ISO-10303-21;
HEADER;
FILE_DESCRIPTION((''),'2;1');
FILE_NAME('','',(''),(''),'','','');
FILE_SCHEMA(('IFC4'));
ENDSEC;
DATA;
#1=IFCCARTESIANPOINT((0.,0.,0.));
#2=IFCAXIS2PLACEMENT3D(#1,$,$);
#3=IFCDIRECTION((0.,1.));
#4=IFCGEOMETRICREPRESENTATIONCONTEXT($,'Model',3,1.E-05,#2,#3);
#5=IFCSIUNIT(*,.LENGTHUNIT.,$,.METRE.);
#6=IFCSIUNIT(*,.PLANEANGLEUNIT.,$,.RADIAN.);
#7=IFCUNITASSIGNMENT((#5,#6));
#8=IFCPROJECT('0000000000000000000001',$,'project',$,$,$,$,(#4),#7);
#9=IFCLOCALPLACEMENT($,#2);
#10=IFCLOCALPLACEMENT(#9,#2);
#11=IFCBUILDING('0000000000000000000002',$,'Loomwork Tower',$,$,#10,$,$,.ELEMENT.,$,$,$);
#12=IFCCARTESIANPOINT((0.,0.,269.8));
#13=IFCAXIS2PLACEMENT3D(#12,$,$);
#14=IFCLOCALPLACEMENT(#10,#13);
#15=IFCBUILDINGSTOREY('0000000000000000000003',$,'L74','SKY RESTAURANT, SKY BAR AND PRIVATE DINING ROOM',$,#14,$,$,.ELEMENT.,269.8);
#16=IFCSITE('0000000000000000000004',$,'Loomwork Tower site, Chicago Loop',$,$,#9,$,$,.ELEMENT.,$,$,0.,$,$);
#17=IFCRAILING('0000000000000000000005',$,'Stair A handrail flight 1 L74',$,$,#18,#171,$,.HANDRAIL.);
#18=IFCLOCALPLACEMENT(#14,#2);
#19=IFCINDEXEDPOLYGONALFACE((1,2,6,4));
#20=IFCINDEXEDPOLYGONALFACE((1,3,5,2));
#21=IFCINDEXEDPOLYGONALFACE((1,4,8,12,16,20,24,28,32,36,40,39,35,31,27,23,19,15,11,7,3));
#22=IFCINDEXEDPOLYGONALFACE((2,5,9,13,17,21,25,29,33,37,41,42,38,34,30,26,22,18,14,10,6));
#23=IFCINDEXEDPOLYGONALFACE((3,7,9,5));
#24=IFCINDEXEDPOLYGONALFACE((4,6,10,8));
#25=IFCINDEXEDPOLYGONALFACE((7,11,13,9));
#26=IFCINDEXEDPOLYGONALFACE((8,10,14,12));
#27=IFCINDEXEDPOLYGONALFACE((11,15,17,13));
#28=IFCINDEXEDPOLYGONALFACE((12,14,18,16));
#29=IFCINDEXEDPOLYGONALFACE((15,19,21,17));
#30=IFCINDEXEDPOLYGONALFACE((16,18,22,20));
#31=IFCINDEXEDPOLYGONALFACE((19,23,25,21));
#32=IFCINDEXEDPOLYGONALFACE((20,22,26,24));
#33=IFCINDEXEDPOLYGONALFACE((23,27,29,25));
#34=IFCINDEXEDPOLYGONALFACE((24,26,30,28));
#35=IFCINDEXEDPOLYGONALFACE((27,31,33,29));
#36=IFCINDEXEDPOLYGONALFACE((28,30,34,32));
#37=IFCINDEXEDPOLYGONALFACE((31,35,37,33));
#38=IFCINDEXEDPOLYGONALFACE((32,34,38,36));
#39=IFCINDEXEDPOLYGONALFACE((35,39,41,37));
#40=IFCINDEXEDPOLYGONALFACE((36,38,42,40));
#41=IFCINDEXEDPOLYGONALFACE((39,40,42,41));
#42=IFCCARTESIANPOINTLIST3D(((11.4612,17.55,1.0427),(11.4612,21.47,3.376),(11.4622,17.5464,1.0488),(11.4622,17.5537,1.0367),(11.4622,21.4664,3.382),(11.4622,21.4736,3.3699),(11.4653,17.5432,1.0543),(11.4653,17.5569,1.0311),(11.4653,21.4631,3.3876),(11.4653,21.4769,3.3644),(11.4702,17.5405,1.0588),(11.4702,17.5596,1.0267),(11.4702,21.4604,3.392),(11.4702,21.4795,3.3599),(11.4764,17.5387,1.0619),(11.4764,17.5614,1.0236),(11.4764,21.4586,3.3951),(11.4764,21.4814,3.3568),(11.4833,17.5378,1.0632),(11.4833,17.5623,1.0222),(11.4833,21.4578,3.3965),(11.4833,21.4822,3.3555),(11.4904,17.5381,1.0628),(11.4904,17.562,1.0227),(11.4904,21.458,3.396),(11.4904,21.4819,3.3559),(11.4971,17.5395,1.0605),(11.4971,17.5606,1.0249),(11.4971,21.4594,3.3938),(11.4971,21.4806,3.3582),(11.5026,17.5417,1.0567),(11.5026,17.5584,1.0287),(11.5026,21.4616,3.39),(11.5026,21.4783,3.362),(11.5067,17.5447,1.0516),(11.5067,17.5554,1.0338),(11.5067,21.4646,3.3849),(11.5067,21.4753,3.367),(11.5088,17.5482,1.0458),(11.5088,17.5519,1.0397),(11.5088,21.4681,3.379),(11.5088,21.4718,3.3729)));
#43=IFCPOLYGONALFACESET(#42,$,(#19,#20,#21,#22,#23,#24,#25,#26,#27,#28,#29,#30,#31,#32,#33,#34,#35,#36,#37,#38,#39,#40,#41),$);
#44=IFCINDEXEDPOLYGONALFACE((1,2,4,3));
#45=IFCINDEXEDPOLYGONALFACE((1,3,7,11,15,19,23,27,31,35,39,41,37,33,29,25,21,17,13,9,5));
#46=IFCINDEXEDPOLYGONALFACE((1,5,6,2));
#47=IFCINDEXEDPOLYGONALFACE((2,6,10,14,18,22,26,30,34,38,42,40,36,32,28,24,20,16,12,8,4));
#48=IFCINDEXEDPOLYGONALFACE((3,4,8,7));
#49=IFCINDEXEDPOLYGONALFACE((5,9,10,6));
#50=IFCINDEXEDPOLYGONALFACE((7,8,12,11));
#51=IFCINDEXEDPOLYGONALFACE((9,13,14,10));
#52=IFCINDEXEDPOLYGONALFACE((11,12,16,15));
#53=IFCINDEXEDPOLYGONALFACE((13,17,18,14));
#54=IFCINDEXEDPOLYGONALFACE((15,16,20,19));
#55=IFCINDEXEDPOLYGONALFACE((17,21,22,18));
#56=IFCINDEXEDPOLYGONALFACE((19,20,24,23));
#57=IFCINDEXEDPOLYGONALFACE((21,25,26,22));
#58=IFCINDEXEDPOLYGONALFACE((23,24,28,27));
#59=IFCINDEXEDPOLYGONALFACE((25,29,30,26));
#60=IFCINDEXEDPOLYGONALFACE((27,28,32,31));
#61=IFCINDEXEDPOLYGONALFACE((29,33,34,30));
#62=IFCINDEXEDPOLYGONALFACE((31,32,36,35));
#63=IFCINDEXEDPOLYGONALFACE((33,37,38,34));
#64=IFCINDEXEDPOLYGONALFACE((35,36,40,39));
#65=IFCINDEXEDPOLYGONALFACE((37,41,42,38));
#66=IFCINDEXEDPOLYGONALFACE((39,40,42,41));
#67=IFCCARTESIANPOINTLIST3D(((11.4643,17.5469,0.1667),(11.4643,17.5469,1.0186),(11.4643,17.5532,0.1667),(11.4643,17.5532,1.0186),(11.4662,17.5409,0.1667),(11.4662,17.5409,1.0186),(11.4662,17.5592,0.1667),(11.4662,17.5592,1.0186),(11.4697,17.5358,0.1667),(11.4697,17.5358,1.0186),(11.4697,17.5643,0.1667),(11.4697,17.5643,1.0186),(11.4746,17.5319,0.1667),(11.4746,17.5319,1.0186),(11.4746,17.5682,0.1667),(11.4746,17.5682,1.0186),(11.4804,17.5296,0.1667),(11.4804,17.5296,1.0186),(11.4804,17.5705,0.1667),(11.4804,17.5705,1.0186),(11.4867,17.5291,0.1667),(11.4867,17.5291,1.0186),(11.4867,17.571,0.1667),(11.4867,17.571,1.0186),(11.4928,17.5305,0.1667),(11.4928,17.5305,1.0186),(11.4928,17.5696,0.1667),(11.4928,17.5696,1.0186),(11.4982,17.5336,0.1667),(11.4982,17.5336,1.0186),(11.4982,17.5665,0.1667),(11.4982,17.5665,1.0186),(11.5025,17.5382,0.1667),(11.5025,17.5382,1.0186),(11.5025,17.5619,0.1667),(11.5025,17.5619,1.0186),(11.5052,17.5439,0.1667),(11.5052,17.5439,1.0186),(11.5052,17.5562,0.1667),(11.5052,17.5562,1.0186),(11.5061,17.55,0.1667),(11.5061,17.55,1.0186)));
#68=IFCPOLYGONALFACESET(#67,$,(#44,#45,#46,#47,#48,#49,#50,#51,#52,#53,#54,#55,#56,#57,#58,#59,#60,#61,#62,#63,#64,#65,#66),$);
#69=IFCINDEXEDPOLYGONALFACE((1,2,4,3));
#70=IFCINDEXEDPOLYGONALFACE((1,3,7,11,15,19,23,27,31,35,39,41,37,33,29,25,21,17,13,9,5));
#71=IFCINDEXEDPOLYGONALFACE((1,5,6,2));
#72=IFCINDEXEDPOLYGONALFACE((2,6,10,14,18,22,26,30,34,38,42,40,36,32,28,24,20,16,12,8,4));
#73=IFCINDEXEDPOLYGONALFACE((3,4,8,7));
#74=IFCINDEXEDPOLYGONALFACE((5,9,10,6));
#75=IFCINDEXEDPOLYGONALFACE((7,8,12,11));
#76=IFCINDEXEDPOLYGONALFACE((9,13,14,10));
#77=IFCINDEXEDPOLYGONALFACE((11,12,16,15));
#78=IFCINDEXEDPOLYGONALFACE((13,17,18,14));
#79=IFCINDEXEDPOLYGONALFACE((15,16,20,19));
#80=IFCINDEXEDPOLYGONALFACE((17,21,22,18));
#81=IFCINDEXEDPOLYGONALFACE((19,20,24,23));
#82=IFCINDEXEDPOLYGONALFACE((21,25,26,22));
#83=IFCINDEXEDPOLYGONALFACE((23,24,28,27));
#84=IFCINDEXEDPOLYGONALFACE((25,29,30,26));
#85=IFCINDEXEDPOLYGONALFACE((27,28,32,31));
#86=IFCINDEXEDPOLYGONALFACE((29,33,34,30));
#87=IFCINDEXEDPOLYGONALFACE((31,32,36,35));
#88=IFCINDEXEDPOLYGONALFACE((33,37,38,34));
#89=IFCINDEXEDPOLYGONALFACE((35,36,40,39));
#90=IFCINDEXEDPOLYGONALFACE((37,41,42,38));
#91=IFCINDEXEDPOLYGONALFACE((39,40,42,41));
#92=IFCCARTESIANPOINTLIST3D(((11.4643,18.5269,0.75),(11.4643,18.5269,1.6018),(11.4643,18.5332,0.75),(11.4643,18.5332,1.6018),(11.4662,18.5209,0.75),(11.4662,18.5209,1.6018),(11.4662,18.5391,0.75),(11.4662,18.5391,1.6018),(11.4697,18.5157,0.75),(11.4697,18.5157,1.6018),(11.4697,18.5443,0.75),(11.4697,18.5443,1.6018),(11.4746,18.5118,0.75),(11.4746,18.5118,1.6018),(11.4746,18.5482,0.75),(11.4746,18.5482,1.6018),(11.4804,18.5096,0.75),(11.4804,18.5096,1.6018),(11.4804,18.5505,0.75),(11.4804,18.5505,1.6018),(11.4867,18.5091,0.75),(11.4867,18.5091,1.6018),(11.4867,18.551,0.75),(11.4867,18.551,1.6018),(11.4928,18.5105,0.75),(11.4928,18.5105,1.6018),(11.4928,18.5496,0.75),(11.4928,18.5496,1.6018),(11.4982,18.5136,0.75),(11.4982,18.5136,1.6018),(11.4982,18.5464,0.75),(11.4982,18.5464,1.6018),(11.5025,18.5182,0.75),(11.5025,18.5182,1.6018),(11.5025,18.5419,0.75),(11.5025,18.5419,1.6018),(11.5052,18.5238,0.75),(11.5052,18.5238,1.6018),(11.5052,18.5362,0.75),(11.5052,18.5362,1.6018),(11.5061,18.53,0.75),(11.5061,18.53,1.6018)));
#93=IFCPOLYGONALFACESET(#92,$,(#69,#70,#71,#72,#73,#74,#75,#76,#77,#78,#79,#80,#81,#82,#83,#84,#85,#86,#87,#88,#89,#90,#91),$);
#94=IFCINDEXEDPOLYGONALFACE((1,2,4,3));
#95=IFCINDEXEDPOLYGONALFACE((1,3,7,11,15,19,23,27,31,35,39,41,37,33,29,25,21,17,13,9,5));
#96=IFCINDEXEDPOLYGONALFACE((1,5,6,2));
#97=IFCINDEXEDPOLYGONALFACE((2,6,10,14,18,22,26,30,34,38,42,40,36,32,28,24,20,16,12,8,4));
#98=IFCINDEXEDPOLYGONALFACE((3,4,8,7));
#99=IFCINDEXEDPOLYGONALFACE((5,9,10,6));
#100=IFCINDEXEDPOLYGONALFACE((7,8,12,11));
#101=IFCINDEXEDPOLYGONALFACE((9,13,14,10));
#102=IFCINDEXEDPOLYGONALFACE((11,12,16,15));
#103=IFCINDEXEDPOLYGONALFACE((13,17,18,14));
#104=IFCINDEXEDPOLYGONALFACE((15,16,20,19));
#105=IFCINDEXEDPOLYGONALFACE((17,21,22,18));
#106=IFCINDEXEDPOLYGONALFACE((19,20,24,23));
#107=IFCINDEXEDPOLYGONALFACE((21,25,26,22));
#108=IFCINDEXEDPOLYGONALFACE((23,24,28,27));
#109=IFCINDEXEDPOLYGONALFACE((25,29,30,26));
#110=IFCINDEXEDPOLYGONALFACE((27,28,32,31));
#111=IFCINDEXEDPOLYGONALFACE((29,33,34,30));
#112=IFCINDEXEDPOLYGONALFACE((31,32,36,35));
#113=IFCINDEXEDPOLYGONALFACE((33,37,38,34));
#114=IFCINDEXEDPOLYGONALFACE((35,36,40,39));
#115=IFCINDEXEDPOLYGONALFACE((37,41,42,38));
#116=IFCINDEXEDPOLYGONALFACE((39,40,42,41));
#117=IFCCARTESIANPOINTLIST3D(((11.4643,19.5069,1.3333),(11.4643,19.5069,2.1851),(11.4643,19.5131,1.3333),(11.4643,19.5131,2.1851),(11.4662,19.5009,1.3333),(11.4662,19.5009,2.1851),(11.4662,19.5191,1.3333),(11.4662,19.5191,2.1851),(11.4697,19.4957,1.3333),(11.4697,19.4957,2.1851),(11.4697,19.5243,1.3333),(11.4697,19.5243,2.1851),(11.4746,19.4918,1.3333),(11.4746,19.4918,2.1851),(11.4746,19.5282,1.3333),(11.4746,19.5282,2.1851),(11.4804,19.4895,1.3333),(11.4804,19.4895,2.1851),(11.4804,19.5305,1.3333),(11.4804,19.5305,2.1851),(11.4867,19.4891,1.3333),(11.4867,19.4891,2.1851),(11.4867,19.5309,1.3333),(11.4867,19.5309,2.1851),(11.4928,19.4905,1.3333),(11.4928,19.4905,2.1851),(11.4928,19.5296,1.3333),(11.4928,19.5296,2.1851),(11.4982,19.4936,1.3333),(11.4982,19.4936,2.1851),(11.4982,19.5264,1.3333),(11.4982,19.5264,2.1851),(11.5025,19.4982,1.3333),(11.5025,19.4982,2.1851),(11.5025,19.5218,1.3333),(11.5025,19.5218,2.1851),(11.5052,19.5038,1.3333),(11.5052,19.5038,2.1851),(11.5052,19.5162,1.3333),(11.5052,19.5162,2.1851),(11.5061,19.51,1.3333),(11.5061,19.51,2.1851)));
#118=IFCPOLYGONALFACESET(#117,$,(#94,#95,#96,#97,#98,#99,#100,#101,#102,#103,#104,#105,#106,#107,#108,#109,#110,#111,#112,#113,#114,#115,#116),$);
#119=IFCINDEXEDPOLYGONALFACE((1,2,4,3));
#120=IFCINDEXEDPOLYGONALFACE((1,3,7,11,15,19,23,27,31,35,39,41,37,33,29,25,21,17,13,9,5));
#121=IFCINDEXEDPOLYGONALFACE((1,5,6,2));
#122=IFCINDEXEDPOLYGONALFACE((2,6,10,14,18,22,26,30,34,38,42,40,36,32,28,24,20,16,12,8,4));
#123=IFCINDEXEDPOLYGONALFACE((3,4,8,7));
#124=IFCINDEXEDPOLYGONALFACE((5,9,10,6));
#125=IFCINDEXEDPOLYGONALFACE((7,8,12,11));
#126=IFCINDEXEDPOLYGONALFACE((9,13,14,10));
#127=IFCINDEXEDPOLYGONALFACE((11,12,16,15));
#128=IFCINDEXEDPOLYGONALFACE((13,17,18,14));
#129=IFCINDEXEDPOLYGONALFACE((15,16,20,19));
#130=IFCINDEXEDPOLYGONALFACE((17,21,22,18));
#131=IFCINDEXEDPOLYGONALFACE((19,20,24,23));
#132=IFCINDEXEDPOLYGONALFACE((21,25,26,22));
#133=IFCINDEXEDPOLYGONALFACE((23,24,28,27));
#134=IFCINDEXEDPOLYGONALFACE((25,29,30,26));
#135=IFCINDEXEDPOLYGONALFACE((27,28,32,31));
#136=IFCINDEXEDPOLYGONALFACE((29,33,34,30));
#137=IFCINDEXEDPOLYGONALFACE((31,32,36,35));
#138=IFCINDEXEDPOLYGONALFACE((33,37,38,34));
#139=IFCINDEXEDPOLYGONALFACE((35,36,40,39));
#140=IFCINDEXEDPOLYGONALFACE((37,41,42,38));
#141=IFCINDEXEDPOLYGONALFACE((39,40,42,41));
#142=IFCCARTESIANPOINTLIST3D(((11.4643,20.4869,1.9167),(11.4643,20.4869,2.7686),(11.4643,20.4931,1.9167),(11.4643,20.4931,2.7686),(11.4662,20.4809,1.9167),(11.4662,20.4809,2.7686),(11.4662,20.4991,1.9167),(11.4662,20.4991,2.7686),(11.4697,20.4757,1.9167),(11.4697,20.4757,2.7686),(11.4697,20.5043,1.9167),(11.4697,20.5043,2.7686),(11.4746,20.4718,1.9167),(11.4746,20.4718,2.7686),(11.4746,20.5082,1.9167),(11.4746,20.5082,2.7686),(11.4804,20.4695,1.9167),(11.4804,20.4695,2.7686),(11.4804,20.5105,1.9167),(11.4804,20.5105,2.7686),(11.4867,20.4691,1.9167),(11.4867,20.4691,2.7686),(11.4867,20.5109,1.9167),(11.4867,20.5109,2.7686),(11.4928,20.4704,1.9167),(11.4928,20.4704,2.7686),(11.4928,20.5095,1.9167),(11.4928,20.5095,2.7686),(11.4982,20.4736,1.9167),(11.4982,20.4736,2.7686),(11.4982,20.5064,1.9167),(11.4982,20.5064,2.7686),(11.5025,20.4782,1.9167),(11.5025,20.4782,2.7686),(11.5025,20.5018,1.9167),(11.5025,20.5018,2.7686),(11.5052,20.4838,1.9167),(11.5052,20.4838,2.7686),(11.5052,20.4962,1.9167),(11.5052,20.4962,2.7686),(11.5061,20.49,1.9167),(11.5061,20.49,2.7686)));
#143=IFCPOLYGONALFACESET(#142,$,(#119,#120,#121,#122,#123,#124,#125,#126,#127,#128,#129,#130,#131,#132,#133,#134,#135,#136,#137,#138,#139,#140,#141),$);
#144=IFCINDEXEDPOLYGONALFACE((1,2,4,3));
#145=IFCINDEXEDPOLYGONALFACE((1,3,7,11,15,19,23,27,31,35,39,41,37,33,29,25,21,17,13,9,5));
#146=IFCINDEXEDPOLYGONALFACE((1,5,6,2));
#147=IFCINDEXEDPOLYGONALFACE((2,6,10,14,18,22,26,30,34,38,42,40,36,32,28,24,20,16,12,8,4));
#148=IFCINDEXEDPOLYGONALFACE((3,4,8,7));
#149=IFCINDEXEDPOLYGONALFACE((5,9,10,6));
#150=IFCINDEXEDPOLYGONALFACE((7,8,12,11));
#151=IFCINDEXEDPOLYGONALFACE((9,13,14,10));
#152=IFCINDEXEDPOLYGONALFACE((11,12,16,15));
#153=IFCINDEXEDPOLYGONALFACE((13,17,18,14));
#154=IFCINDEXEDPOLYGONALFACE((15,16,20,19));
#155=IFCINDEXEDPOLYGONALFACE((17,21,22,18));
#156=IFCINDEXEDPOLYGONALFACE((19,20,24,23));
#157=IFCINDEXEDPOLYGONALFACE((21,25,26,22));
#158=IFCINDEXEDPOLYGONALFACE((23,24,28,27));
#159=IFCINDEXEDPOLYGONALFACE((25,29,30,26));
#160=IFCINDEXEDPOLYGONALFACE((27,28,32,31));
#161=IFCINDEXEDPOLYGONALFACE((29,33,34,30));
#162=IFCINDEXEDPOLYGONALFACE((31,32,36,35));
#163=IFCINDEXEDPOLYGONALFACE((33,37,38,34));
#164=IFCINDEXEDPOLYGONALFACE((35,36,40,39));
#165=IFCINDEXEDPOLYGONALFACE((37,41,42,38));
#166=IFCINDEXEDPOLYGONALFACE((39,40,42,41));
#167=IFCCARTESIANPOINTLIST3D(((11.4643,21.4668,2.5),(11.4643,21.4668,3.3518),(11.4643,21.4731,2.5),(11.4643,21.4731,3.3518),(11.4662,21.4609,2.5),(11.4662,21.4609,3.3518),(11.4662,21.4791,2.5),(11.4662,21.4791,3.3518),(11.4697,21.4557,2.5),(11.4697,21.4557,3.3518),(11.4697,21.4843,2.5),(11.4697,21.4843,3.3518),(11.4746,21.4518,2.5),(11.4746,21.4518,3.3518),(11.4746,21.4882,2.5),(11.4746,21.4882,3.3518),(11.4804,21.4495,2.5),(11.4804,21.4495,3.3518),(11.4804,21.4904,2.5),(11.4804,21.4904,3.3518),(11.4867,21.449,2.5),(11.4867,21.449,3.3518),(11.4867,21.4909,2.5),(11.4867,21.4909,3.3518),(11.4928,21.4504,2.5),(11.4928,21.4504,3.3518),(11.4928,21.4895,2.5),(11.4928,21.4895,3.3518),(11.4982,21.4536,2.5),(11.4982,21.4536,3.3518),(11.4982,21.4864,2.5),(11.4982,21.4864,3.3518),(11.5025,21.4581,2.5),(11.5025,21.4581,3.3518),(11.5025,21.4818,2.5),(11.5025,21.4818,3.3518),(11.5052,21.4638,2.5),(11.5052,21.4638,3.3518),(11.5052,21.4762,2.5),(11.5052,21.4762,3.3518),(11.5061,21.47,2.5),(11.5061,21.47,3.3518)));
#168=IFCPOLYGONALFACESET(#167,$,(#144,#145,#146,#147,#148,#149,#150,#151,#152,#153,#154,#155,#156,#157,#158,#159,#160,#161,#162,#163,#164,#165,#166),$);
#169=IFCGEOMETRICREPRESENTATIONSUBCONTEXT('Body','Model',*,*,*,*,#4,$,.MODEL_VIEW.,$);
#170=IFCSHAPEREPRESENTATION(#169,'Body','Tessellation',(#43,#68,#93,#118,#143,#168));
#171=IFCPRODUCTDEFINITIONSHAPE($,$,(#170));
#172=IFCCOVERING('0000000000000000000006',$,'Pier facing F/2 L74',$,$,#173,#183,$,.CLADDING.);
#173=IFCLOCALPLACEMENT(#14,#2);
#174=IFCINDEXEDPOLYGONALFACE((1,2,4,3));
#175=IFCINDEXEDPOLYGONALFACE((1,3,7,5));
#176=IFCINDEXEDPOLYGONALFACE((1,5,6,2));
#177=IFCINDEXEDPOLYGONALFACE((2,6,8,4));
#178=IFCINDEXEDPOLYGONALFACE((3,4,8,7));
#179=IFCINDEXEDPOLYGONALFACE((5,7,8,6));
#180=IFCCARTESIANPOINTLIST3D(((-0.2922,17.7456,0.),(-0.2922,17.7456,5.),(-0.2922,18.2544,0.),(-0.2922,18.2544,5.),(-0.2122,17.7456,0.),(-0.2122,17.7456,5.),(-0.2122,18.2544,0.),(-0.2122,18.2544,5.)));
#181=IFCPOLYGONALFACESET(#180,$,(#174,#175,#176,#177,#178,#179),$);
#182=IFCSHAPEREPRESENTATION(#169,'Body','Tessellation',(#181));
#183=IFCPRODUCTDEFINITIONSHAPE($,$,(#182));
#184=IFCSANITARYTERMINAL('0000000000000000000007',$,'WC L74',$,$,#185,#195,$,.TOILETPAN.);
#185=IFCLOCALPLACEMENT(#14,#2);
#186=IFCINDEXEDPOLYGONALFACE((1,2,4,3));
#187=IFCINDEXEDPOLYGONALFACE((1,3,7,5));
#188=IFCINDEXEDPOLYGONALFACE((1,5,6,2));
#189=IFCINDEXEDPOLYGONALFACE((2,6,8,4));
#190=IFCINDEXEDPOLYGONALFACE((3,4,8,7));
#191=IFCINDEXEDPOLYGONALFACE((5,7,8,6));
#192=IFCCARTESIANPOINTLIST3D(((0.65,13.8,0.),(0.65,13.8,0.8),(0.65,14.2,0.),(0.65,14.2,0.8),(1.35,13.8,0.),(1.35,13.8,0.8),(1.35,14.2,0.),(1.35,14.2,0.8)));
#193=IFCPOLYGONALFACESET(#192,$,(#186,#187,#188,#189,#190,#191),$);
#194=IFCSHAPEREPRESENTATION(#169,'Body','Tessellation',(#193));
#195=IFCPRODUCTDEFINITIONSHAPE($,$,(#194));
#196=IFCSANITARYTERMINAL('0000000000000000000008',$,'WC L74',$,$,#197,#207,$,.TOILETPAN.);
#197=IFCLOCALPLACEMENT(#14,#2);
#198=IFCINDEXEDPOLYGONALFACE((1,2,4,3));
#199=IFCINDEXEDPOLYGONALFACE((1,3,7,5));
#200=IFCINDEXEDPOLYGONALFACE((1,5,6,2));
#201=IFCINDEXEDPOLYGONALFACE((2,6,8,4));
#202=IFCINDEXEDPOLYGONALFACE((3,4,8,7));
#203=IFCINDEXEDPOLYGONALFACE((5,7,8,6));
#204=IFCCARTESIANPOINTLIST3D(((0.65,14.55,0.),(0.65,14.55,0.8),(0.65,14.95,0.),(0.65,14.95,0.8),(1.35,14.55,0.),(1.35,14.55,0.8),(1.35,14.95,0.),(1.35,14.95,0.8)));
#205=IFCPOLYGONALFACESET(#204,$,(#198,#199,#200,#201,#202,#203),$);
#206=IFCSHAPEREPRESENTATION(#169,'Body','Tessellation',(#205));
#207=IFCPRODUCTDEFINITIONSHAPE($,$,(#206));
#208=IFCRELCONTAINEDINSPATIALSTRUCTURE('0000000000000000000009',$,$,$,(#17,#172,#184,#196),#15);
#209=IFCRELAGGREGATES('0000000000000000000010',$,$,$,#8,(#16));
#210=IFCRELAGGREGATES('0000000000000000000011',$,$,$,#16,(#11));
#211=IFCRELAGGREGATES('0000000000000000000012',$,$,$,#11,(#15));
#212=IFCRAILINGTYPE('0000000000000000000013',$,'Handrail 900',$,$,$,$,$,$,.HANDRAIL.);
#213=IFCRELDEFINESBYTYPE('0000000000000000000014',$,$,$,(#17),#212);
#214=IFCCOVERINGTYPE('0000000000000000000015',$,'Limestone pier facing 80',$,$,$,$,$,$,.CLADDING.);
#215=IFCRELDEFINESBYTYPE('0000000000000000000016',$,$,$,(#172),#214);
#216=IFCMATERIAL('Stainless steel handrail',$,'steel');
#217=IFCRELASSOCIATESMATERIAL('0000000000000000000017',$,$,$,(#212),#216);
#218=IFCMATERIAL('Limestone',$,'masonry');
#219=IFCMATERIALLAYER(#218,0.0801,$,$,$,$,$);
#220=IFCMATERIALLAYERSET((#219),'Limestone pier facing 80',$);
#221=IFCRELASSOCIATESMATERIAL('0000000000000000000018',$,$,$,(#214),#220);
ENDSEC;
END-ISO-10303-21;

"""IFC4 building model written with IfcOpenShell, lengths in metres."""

from ifc_helpers import new_model, si_unit, direction, frame, origin, origin_2d, place, context, subcontext, project, spatial, rectangle, circle, extrude, material, layer, layer_set, type_object, element, save


model = new_model("IFC4")

# Units and contexts
model_context = context("Model", 3, precision=1e-05, world=origin(), true_north=direction((0.0, 1.0)))
body_context = subcontext(model_context, "Body", "Model", "MODEL_VIEW")
ifc_project = project(units=[si_unit("LENGTHUNIT", "METRE"), si_unit("PLANEANGLEUNIT", "RADIAN")], contexts=[model_context])

# Site, building, storey
site_placement = place(None, origin())
site = spatial("IfcSite", under=ifc_project, at=site_placement, Name="Loomwork Tower site, Chicago Loop", CompositionType="ELEMENT", RefElevation=0.0)
building_placement = place(site_placement, origin())
building = spatial("IfcBuilding", under=site, at=building_placement, Name="Loomwork Tower", CompositionType="ELEMENT")
storey_placement = place(building_placement, frame((0.0, 0.0, 269.8)))
storey = spatial("IfcBuildingStorey", under=building, at=storey_placement, Name="L74", Description="SKY RESTAURANT, SKY BAR AND PRIVATE DINING ROOM", CompositionType="ELEMENT", Elevation=269.8)

# Railing
ifc_material_1 = material(Name="Stainless steel handrail", Category="steel")
railing_type = type_object("IfcRailingType", Name="Handrail 900", PredefinedType="HANDRAIL", material=ifc_material_1)
railing_placement = place(storey_placement, frame((11.4851, 17.55, 0.1667)))
element("IfcRailing", 1, at=railing_placement, inside=storey, type_object=railing_type, Name="Stair A handrail flight 1 L74", PredefinedType="HANDRAIL", context=body_context, shape_type="SweptSolid", body=[
    extrude(circle(Radius=0.0239, at=origin_2d()), frame((0.0, 0.0, 0.876), z_axis=(0.0, 0.859296, 0.511478), x_axis=(-1.0, 0.0, 0.0)), (0.0, 0.0, 1.0), 4.5618),
    extrude(circle(Radius=0.021, at=origin_2d()), origin(), (0.0, 0.0, 1.0), 0.8518),
    extrude(circle(Radius=0.021, at=origin_2d()), frame((0.0, 0.98, 0.5833)), (0.0, 0.0, 1.0), 0.8518),
    extrude(circle(Radius=0.021, at=origin_2d()), frame((0.0, 1.96, 1.1665)), (0.0, 0.0, 1.0), 0.8518),
    extrude(circle(Radius=0.021, at=origin_2d()), frame((0.0, 2.9399, 1.75)), (0.0, 0.0, 1.0), 0.8518),
    extrude(circle(Radius=0.021, at=origin_2d()), frame((0.0, 3.9199, 2.3333)), (0.0, 0.0, 1.0), 0.8518),
])

# Covering
ifc_material_2 = material(Name="Limestone", Category="masonry")
ifc_layer_1 = layer(ifc_material_2, 0.0801)
ifc_layer_set_1 = layer_set([ifc_layer_1], Name="Limestone pier facing 80")
covering_type = type_object("IfcCoveringType", Name="Limestone pier facing 80", PredefinedType="CLADDING", material=ifc_layer_set_1)
covering_placement = place(storey_placement, frame((-0.2522, 18.0, 0.0), z_axis=(0.0, 0.0, 1.0), x_axis=(1.0, 0.0, 0.0)))
element("IfcCovering", 2, at=covering_placement, inside=storey, type_object=covering_type, Name="Pier facing F/2 L74", PredefinedType="CLADDING", context=body_context, shape_type="SweptSolid", body=[
    extrude(rectangle(XDim=0.0801, YDim=0.5088, at=origin_2d()), origin(), (0.0, 0.0, 1.0), 5.0),
])

# Sanitary terminals
for number, where, z_axis, x_axis, name in (
    (3, (1.0, 14.0, 0.0), (0.0, 0.0, 1.0), (1.0, 0.0, 0.0), "WC L74"),
    (4, (1.0, 14.75, 0.0), (0.0, 0.0, 1.0), (1.0, 0.0, 0.0), "WC L74"),
):
    element("IfcSanitaryTerminal", number, at=place(storey_placement, frame(where, z_axis=z_axis, x_axis=x_axis)), inside=storey, Name=name, PredefinedType="TOILETPAN", context=body_context, shape_type="SweptSolid", body=[
        extrude(rectangle(XDim=0.7, YDim=0.3999, at=origin_2d()), origin(), (0.0, 0.0, 1.0), 0.8),
    ])

save(model, "model.ifc")
